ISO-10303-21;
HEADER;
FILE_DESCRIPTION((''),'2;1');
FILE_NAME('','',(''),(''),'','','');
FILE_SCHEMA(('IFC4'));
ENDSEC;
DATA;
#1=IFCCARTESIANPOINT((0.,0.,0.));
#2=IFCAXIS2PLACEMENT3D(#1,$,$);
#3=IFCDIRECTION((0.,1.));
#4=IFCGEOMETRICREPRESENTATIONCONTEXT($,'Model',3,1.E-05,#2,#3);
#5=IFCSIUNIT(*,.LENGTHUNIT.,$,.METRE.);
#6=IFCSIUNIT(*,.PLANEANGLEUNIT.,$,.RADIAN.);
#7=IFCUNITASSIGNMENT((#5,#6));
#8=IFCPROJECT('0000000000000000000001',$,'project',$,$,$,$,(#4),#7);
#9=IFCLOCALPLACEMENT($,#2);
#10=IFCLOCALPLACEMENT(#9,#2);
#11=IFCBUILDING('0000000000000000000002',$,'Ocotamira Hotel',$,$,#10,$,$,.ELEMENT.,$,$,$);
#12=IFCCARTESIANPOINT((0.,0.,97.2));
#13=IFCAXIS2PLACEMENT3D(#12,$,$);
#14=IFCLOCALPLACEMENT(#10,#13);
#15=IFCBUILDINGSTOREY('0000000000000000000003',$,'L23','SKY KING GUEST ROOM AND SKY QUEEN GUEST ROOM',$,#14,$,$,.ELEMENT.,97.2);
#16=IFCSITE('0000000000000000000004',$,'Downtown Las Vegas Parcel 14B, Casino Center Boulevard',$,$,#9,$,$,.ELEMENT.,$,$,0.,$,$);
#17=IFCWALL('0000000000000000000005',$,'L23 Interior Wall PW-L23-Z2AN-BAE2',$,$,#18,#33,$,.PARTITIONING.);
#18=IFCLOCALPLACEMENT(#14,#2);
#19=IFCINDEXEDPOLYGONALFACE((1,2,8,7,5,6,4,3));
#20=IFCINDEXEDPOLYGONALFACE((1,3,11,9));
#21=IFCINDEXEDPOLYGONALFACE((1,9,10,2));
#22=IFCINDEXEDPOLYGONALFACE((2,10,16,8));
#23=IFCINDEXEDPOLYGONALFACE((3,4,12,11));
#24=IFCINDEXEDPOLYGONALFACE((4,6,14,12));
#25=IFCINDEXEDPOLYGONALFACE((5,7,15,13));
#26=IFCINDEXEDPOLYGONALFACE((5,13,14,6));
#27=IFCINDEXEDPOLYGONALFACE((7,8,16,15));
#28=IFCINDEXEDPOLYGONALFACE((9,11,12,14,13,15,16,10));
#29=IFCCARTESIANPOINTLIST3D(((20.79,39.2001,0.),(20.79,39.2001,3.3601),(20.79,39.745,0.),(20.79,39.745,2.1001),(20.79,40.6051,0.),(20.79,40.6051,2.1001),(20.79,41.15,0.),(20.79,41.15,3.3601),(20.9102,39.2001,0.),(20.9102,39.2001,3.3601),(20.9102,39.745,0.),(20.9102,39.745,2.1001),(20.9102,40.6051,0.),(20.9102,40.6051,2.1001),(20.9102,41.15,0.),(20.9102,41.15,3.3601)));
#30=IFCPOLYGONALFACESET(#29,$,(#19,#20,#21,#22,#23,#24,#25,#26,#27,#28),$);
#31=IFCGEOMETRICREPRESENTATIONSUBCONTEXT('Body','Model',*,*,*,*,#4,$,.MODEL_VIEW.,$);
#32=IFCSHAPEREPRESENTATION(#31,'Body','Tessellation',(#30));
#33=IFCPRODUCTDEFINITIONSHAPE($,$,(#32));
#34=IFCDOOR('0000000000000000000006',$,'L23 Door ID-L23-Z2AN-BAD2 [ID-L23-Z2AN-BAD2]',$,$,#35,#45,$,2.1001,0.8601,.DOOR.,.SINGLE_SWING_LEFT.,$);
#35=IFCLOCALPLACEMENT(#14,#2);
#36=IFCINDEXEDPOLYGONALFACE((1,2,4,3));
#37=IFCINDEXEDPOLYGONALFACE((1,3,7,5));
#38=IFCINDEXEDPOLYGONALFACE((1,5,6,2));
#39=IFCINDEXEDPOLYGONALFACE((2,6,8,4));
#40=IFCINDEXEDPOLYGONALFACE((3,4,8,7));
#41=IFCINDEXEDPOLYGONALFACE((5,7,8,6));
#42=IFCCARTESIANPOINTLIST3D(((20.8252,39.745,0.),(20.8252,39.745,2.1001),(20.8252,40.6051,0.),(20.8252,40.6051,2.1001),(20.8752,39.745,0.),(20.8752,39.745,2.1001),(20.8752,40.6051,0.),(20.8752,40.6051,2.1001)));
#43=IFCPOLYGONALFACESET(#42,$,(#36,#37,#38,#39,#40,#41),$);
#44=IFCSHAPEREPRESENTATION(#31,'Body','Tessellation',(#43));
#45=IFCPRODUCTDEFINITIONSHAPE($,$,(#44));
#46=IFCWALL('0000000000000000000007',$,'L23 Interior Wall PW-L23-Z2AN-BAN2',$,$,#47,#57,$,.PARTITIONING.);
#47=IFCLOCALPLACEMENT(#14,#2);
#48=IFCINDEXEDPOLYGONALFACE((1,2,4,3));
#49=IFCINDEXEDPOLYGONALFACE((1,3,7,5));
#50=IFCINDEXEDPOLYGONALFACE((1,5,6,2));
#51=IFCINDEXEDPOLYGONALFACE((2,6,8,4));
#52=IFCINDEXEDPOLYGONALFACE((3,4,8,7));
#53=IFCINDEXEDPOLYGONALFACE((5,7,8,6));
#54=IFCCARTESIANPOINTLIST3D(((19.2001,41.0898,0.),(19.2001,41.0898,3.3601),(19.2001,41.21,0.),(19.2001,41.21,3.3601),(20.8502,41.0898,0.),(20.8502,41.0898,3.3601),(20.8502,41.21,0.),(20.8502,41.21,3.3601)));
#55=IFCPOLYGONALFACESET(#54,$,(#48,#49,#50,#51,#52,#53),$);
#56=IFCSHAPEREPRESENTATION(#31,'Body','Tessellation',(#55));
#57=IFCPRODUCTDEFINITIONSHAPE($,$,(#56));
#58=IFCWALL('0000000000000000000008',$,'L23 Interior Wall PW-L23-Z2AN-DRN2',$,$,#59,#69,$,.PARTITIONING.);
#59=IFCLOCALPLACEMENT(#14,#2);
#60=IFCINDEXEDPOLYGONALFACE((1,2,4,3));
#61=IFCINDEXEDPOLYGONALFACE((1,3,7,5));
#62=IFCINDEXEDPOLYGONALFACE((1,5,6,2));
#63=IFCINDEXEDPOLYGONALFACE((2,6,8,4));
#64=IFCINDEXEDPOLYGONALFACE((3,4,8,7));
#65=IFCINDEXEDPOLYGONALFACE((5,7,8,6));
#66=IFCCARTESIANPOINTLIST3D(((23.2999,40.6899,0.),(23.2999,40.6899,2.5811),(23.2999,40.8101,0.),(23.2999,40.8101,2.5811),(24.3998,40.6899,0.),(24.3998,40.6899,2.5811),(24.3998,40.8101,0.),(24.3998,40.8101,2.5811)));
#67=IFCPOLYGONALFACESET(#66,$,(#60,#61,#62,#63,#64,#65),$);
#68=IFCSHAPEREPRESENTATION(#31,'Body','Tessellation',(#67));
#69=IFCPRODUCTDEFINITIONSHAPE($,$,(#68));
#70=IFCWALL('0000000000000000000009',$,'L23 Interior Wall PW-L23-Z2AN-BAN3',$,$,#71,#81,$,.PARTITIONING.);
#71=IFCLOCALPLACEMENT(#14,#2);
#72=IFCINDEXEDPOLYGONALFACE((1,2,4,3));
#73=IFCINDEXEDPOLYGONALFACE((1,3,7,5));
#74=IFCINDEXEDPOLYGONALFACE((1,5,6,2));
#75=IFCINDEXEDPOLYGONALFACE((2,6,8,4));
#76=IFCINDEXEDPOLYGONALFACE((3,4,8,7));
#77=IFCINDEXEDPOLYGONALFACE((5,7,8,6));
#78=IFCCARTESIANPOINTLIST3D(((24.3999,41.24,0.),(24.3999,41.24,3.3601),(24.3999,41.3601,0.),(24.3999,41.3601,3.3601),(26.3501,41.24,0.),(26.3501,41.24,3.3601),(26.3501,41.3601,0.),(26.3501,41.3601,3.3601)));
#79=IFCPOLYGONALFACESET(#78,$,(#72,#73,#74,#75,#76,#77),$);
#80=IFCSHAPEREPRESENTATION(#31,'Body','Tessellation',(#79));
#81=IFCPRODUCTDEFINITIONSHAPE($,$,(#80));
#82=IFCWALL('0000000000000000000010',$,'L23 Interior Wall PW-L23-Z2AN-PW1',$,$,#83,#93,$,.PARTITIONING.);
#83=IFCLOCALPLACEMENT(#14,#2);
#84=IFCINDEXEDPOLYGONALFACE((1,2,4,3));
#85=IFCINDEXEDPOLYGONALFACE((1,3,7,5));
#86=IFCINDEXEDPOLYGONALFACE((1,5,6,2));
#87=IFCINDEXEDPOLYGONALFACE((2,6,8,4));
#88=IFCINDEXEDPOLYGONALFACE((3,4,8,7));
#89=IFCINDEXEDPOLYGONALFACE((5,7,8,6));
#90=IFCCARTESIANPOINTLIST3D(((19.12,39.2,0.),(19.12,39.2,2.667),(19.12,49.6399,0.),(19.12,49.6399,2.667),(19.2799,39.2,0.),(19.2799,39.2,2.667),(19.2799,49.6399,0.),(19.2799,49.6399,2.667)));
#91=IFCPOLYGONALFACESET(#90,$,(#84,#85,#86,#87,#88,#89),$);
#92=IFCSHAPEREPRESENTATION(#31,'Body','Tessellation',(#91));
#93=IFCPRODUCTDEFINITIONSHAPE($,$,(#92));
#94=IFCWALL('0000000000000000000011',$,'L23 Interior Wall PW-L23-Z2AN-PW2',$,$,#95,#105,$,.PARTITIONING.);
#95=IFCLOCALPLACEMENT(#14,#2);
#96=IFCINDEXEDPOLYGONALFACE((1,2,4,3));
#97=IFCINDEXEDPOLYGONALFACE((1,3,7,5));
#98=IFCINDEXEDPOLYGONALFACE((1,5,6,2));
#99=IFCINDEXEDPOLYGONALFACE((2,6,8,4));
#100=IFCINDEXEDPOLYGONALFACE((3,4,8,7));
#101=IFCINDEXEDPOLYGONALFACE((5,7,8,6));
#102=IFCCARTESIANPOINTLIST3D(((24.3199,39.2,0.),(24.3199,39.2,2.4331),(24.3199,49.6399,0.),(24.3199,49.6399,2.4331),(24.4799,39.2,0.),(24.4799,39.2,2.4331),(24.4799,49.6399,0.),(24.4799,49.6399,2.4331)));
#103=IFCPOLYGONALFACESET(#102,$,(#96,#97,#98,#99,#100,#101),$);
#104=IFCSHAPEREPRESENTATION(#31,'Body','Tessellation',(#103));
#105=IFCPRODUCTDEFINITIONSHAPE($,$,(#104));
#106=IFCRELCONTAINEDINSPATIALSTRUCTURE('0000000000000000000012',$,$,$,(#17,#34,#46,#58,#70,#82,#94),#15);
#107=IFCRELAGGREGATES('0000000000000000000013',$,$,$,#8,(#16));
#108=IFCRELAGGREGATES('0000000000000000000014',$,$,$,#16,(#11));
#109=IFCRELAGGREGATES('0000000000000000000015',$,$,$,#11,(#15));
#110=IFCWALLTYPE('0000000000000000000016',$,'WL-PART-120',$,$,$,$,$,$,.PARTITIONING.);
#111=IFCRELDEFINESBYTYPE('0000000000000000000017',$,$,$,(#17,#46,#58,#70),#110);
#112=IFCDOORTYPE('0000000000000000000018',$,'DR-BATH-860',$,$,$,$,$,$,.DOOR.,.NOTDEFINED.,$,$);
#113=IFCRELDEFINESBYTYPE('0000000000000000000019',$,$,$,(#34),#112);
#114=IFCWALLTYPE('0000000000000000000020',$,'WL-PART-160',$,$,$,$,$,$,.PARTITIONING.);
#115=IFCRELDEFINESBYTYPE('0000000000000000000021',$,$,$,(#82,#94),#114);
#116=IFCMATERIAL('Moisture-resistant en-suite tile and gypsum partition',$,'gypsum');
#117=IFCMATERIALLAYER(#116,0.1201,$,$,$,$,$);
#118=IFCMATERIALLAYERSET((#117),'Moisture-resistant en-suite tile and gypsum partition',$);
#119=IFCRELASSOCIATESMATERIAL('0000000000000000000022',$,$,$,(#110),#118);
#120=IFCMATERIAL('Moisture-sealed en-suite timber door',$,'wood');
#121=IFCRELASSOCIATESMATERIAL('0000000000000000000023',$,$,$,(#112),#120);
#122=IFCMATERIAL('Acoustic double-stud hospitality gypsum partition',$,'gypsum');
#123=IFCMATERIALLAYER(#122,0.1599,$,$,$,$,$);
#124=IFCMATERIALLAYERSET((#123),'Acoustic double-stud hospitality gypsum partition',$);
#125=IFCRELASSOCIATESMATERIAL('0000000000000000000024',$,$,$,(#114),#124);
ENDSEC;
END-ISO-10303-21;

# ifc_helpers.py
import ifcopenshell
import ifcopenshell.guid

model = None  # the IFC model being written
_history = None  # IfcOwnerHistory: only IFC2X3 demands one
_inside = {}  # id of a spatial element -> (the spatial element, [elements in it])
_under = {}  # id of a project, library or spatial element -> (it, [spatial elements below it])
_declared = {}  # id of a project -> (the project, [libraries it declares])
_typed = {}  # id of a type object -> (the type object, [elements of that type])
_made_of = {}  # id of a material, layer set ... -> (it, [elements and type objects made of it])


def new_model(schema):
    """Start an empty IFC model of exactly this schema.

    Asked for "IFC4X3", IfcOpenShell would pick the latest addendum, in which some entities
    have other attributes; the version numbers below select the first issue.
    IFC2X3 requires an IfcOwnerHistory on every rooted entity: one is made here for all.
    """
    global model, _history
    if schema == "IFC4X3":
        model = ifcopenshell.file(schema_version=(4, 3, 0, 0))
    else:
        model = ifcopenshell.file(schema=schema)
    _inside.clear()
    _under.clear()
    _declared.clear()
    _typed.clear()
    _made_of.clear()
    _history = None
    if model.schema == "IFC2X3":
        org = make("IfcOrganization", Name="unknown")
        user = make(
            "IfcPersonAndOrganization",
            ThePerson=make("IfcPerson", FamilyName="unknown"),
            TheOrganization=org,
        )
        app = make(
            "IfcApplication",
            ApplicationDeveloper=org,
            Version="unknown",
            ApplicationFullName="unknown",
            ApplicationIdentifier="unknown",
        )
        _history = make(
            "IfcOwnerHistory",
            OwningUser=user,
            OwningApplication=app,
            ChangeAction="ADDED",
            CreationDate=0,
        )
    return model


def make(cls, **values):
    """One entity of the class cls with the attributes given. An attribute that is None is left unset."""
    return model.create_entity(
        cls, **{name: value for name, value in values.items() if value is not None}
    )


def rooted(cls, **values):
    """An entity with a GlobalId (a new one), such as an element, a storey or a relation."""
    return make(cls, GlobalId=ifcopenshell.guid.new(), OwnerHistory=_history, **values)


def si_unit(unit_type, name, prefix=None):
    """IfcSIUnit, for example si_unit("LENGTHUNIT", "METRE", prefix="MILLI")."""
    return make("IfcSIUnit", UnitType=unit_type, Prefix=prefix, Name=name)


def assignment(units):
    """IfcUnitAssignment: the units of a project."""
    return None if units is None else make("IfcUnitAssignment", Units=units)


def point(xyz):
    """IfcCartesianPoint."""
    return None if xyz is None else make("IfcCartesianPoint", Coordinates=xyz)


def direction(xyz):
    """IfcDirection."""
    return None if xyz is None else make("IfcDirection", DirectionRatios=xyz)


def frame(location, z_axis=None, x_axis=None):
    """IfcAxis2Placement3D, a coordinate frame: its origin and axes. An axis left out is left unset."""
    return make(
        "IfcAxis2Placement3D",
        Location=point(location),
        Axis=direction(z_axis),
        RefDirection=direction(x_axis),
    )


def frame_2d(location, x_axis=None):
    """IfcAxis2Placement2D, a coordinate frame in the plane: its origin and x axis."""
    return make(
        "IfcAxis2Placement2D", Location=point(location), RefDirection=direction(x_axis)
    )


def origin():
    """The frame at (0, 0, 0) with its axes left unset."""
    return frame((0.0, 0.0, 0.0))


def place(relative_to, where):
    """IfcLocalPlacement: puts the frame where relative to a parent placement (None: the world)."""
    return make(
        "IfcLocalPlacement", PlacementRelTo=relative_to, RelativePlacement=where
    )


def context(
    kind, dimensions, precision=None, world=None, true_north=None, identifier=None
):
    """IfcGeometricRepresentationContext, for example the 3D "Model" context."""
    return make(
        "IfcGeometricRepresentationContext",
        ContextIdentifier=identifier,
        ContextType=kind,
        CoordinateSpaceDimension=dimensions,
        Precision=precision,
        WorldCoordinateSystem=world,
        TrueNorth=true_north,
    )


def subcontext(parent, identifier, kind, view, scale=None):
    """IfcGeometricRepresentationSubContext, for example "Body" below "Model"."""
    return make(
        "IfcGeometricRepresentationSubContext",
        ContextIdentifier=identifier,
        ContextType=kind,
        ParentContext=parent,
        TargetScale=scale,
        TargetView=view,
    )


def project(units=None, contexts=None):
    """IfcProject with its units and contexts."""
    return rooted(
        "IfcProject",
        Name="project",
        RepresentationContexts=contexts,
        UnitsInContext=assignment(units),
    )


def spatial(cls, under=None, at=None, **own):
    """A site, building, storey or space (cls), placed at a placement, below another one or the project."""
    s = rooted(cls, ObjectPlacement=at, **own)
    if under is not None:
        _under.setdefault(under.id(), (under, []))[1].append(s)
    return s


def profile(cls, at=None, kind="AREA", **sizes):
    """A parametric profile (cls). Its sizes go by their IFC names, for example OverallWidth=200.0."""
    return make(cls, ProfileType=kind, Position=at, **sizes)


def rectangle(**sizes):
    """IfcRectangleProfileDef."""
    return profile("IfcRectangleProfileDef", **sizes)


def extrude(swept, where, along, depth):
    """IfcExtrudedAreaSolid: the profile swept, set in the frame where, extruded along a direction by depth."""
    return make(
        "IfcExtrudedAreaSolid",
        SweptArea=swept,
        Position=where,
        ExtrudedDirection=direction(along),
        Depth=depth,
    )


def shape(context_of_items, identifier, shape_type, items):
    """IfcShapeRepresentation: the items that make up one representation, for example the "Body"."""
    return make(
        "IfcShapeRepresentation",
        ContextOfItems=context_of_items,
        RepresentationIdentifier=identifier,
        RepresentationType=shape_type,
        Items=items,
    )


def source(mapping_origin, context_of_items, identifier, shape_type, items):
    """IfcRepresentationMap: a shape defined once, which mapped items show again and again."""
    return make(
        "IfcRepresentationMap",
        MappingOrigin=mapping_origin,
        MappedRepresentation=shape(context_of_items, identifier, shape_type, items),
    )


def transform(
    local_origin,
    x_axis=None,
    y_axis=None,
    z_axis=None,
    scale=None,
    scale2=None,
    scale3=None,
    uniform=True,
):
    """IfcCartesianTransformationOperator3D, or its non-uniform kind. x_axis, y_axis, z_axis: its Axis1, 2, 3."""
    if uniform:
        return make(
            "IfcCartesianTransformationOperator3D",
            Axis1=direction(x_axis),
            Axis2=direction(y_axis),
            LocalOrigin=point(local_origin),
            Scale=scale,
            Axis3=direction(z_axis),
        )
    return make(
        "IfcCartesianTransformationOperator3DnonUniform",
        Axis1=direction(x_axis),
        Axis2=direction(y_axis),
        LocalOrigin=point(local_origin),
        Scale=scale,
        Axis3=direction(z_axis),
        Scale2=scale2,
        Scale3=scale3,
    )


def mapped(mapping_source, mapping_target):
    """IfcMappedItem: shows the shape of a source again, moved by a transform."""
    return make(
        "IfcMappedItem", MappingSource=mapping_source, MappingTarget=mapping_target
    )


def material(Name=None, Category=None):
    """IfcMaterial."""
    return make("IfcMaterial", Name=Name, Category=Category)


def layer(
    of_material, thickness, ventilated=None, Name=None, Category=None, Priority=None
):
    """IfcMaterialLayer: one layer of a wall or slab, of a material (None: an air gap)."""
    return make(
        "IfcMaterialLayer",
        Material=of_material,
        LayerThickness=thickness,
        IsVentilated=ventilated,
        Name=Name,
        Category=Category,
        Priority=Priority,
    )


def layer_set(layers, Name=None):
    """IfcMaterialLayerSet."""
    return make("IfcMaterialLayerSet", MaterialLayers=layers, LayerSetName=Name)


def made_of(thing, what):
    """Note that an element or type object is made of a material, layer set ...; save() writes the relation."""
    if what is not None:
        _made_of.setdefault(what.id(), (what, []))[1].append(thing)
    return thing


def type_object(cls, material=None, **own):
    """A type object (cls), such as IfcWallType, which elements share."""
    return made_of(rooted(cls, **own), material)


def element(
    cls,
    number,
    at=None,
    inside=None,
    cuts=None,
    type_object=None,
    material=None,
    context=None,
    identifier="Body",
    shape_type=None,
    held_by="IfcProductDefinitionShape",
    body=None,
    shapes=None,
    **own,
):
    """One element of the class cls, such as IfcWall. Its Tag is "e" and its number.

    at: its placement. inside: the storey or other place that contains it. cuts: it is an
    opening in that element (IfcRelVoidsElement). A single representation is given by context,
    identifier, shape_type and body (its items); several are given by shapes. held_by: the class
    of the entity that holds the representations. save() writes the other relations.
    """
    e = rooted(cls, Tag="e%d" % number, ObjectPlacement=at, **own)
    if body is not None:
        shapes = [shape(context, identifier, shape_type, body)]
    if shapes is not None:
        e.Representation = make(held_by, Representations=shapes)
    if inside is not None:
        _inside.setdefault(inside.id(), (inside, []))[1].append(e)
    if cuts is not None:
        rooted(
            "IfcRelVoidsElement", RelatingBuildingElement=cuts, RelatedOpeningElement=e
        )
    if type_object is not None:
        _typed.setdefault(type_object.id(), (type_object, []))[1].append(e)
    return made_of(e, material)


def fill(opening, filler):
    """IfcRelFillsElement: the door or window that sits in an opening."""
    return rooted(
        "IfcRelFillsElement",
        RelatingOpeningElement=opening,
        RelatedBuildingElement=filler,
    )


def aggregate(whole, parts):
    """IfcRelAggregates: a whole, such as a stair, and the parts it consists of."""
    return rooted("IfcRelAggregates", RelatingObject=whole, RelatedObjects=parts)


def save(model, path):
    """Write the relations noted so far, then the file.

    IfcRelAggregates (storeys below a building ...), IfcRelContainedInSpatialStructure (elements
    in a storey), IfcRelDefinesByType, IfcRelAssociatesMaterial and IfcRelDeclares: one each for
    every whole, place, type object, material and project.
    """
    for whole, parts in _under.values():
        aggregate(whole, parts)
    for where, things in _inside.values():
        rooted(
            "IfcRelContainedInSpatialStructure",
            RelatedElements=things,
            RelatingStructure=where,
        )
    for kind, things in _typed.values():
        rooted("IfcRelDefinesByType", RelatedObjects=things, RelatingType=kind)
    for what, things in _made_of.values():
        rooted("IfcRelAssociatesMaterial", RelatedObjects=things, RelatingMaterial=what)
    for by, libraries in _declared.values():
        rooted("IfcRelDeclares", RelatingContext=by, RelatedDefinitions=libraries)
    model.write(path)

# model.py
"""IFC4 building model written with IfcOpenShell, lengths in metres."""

from ifc_helpers import new_model, si_unit, direction, frame, frame_2d, origin, place, context, subcontext, project, spatial, rectangle, extrude, source, transform, mapped, material, layer, layer_set, type_object, element, fill, save


model = new_model("IFC4")

# Units and contexts
model_context = context("Model", 3, precision=1e-05, world=origin(), true_north=direction((0.0, 1.0)))
body_context = subcontext(model_context, "Body", "Model", "MODEL_VIEW")
ifc_project = project(units=[si_unit("LENGTHUNIT", "METRE"), si_unit("PLANEANGLEUNIT", "RADIAN")], contexts=[model_context])

# Site, building, storey
site_placement = place(None, origin())
site = spatial("IfcSite", under=ifc_project, at=site_placement, Name="Downtown Las Vegas Parcel 14B, Casino Center Boulevard", CompositionType="ELEMENT", RefElevation=0.0)
building_placement = place(site_placement, origin())
building = spatial("IfcBuilding", under=site, at=building_placement, Name="Ocotamira Hotel", CompositionType="ELEMENT")
storey_placement = place(building_placement, frame((0.0, 0.0, 97.2)))
storey = spatial("IfcBuildingStorey", under=building, at=storey_placement, Name="L23", Description="SKY KING GUEST ROOM AND SKY QUEEN GUEST ROOM", CompositionType="ELEMENT", Elevation=97.2)

# Shared definitions
ifc_material_1 = material(Name="Moisture-resistant en-suite tile and gypsum partition", Category="gypsum")
ifc_layer_1 = layer(ifc_material_1, 0.1201)
ifc_layer_set_1 = layer_set([ifc_layer_1], Name="Moisture-resistant en-suite tile and gypsum partition")
wall_type_1 = type_object("IfcWallType", Name="WL-PART-120", PredefinedType="PARTITIONING", material=ifc_layer_set_1)

# Wall, opening, door
wall_1_placement = place(storey_placement, frame((20.8501, 39.2, 0.0), z_axis=(0.0, 0.0, 1.0), x_axis=(0.0, 1.0, 0.0)))
wall_1 = element("IfcWall", 1, at=wall_1_placement, inside=storey, type_object=wall_type_1, Name="L23 Interior Wall PW-L23-Z2AN-BAE2", PredefinedType="PARTITIONING", context=body_context, shape_type="SweptSolid", body=[
    extrude(rectangle(XDim=1.95, YDim=0.1201, at=frame_2d((0.9751, 0.0))), origin(), (0.0, 0.0, 1.0), 3.3601),
])
opening_placement = place(wall_1_placement, frame((0.5449, 0.0, 0.0)))
opening = element("IfcOpeningElement", 2, at=opening_placement, cuts=wall_1, PredefinedType="OPENING", context=body_context, shape_type="SweptSolid", body=[
    extrude(rectangle(XDim=0.8601, YDim=2.1001, at=frame_2d((0.4302, 1.05))), frame((0.0, 0.0701, 0.0), z_axis=(0.0, -1.0, 0.0), x_axis=(1.0, 0.0, 0.0)), (0.0, 0.0, 1.0), 0.1401),
])
ifc_material_2 = material(Name="Moisture-sealed en-suite timber door", Category="wood")
door_type = type_object("IfcDoorType", Name="DR-BATH-860", OperationType="NOTDEFINED", PredefinedType="DOOR", material=ifc_material_2)
shared_shape_1 = source(origin(), body_context, "Body", "SweptSolid", [
    extrude(rectangle(XDim=0.8601, YDim=2.1001, at=frame_2d((0.4302, 1.05))), frame((0.0, 0.0249, 0.0), z_axis=(0.0, -1.0, 0.0), x_axis=(1.0, 0.0, 0.0)), (0.0, 0.0, 1.0), 0.05),
])
door_placement = place(opening_placement, origin())
door = element("IfcDoor", 3, at=door_placement, inside=storey, type_object=door_type, Name="L23 Door ID-L23-Z2AN-BAD2 [ID-L23-Z2AN-BAD2]", OperationType="SINGLE_SWING_LEFT", OverallHeight=2.1001, OverallWidth=0.8601, PredefinedType="DOOR", context=body_context, shape_type="MappedRepresentation", body=[
    mapped(shared_shape_1, transform((0.0, 0.0, 0.0), scale=1.0)),
])
fill(opening, door)

# Walls
wall_2_placement = place(storey_placement, frame((19.2, 41.1499, 0.0), z_axis=(0.0, 0.0, 1.0), x_axis=(1.0, 0.0, 0.0)))
element("IfcWall", 4, at=wall_2_placement, inside=storey, type_object=wall_type_1, Name="L23 Interior Wall PW-L23-Z2AN-BAN2", PredefinedType="PARTITIONING", context=body_context, shape_type="SweptSolid", body=[
    extrude(rectangle(XDim=1.6501, YDim=0.1201, at=frame_2d((0.8252, 0.0))), origin(), (0.0, 0.0, 1.0), 3.3601),
])
wall_3_placement = place(storey_placement, frame((23.3, 40.75, 0.0), z_axis=(0.0, 0.0, 1.0), x_axis=(1.0, 0.0, 0.0)))
element("IfcWall", 5, at=wall_3_placement, inside=storey, type_object=wall_type_1, Name="L23 Interior Wall PW-L23-Z2AN-DRN2", PredefinedType="PARTITIONING", context=body_context, shape_type="SweptSolid", body=[
    extrude(rectangle(XDim=1.0999, YDim=0.1201, at=frame_2d((0.5498, 0.0))), origin(), (0.0, 0.0, 1.0), 2.5811),
])
wall_4_placement = place(storey_placement, frame((24.3999, 41.3, 0.0), z_axis=(0.0, 0.0, 1.0), x_axis=(1.0, 0.0, 0.0)))
element("IfcWall", 6, at=wall_4_placement, inside=storey, type_object=wall_type_1, Name="L23 Interior Wall PW-L23-Z2AN-BAN3", PredefinedType="PARTITIONING", context=body_context, shape_type="SweptSolid", body=[
    extrude(rectangle(XDim=1.9502, YDim=0.1201, at=frame_2d((0.9751, 0.0))), origin(), (0.0, 0.0, 1.0), 3.3601),
])
ifc_material_3 = material(Name="Acoustic double-stud hospitality gypsum partition", Category="gypsum")
ifc_layer_2 = layer(ifc_material_3, 0.1599)
ifc_layer_set_2 = layer_set([ifc_layer_2], Name="Acoustic double-stud hospitality gypsum partition")
wall_type_2 = type_object("IfcWallType", Name="WL-PART-160", PredefinedType="PARTITIONING", material=ifc_layer_set_2)
wall_5_placement = place(storey_placement, frame((19.2, 39.2, 0.0), z_axis=(0.0, 0.0, 1.0), x_axis=(0.0, 1.0, 0.0)))
element("IfcWall", 7, at=wall_5_placement, inside=storey, type_object=wall_type_2, Name="L23 Interior Wall PW-L23-Z2AN-PW1", PredefinedType="PARTITIONING", context=body_context, shape_type="SweptSolid", body=[
    extrude(rectangle(XDim=10.4399, YDim=0.1599, at=frame_2d((5.22, 0.0))), origin(), (0.0, 0.0, 1.0), 2.667),
])
wall_6_placement = place(storey_placement, frame((24.3999, 39.2, 0.0), z_axis=(0.0, 0.0, 1.0), x_axis=(0.0, 1.0, 0.0)))
element("IfcWall", 8, at=wall_6_placement, inside=storey, type_object=wall_type_2, Name="L23 Interior Wall PW-L23-Z2AN-PW2", PredefinedType="PARTITIONING", context=body_context, shape_type="SweptSolid", body=[
    extrude(rectangle(XDim=10.4399, YDim=0.1599, at=frame_2d((5.22, 0.0))), origin(), (0.0, 0.0, 1.0), 2.4331),
])

save(model, "model.ifc")
